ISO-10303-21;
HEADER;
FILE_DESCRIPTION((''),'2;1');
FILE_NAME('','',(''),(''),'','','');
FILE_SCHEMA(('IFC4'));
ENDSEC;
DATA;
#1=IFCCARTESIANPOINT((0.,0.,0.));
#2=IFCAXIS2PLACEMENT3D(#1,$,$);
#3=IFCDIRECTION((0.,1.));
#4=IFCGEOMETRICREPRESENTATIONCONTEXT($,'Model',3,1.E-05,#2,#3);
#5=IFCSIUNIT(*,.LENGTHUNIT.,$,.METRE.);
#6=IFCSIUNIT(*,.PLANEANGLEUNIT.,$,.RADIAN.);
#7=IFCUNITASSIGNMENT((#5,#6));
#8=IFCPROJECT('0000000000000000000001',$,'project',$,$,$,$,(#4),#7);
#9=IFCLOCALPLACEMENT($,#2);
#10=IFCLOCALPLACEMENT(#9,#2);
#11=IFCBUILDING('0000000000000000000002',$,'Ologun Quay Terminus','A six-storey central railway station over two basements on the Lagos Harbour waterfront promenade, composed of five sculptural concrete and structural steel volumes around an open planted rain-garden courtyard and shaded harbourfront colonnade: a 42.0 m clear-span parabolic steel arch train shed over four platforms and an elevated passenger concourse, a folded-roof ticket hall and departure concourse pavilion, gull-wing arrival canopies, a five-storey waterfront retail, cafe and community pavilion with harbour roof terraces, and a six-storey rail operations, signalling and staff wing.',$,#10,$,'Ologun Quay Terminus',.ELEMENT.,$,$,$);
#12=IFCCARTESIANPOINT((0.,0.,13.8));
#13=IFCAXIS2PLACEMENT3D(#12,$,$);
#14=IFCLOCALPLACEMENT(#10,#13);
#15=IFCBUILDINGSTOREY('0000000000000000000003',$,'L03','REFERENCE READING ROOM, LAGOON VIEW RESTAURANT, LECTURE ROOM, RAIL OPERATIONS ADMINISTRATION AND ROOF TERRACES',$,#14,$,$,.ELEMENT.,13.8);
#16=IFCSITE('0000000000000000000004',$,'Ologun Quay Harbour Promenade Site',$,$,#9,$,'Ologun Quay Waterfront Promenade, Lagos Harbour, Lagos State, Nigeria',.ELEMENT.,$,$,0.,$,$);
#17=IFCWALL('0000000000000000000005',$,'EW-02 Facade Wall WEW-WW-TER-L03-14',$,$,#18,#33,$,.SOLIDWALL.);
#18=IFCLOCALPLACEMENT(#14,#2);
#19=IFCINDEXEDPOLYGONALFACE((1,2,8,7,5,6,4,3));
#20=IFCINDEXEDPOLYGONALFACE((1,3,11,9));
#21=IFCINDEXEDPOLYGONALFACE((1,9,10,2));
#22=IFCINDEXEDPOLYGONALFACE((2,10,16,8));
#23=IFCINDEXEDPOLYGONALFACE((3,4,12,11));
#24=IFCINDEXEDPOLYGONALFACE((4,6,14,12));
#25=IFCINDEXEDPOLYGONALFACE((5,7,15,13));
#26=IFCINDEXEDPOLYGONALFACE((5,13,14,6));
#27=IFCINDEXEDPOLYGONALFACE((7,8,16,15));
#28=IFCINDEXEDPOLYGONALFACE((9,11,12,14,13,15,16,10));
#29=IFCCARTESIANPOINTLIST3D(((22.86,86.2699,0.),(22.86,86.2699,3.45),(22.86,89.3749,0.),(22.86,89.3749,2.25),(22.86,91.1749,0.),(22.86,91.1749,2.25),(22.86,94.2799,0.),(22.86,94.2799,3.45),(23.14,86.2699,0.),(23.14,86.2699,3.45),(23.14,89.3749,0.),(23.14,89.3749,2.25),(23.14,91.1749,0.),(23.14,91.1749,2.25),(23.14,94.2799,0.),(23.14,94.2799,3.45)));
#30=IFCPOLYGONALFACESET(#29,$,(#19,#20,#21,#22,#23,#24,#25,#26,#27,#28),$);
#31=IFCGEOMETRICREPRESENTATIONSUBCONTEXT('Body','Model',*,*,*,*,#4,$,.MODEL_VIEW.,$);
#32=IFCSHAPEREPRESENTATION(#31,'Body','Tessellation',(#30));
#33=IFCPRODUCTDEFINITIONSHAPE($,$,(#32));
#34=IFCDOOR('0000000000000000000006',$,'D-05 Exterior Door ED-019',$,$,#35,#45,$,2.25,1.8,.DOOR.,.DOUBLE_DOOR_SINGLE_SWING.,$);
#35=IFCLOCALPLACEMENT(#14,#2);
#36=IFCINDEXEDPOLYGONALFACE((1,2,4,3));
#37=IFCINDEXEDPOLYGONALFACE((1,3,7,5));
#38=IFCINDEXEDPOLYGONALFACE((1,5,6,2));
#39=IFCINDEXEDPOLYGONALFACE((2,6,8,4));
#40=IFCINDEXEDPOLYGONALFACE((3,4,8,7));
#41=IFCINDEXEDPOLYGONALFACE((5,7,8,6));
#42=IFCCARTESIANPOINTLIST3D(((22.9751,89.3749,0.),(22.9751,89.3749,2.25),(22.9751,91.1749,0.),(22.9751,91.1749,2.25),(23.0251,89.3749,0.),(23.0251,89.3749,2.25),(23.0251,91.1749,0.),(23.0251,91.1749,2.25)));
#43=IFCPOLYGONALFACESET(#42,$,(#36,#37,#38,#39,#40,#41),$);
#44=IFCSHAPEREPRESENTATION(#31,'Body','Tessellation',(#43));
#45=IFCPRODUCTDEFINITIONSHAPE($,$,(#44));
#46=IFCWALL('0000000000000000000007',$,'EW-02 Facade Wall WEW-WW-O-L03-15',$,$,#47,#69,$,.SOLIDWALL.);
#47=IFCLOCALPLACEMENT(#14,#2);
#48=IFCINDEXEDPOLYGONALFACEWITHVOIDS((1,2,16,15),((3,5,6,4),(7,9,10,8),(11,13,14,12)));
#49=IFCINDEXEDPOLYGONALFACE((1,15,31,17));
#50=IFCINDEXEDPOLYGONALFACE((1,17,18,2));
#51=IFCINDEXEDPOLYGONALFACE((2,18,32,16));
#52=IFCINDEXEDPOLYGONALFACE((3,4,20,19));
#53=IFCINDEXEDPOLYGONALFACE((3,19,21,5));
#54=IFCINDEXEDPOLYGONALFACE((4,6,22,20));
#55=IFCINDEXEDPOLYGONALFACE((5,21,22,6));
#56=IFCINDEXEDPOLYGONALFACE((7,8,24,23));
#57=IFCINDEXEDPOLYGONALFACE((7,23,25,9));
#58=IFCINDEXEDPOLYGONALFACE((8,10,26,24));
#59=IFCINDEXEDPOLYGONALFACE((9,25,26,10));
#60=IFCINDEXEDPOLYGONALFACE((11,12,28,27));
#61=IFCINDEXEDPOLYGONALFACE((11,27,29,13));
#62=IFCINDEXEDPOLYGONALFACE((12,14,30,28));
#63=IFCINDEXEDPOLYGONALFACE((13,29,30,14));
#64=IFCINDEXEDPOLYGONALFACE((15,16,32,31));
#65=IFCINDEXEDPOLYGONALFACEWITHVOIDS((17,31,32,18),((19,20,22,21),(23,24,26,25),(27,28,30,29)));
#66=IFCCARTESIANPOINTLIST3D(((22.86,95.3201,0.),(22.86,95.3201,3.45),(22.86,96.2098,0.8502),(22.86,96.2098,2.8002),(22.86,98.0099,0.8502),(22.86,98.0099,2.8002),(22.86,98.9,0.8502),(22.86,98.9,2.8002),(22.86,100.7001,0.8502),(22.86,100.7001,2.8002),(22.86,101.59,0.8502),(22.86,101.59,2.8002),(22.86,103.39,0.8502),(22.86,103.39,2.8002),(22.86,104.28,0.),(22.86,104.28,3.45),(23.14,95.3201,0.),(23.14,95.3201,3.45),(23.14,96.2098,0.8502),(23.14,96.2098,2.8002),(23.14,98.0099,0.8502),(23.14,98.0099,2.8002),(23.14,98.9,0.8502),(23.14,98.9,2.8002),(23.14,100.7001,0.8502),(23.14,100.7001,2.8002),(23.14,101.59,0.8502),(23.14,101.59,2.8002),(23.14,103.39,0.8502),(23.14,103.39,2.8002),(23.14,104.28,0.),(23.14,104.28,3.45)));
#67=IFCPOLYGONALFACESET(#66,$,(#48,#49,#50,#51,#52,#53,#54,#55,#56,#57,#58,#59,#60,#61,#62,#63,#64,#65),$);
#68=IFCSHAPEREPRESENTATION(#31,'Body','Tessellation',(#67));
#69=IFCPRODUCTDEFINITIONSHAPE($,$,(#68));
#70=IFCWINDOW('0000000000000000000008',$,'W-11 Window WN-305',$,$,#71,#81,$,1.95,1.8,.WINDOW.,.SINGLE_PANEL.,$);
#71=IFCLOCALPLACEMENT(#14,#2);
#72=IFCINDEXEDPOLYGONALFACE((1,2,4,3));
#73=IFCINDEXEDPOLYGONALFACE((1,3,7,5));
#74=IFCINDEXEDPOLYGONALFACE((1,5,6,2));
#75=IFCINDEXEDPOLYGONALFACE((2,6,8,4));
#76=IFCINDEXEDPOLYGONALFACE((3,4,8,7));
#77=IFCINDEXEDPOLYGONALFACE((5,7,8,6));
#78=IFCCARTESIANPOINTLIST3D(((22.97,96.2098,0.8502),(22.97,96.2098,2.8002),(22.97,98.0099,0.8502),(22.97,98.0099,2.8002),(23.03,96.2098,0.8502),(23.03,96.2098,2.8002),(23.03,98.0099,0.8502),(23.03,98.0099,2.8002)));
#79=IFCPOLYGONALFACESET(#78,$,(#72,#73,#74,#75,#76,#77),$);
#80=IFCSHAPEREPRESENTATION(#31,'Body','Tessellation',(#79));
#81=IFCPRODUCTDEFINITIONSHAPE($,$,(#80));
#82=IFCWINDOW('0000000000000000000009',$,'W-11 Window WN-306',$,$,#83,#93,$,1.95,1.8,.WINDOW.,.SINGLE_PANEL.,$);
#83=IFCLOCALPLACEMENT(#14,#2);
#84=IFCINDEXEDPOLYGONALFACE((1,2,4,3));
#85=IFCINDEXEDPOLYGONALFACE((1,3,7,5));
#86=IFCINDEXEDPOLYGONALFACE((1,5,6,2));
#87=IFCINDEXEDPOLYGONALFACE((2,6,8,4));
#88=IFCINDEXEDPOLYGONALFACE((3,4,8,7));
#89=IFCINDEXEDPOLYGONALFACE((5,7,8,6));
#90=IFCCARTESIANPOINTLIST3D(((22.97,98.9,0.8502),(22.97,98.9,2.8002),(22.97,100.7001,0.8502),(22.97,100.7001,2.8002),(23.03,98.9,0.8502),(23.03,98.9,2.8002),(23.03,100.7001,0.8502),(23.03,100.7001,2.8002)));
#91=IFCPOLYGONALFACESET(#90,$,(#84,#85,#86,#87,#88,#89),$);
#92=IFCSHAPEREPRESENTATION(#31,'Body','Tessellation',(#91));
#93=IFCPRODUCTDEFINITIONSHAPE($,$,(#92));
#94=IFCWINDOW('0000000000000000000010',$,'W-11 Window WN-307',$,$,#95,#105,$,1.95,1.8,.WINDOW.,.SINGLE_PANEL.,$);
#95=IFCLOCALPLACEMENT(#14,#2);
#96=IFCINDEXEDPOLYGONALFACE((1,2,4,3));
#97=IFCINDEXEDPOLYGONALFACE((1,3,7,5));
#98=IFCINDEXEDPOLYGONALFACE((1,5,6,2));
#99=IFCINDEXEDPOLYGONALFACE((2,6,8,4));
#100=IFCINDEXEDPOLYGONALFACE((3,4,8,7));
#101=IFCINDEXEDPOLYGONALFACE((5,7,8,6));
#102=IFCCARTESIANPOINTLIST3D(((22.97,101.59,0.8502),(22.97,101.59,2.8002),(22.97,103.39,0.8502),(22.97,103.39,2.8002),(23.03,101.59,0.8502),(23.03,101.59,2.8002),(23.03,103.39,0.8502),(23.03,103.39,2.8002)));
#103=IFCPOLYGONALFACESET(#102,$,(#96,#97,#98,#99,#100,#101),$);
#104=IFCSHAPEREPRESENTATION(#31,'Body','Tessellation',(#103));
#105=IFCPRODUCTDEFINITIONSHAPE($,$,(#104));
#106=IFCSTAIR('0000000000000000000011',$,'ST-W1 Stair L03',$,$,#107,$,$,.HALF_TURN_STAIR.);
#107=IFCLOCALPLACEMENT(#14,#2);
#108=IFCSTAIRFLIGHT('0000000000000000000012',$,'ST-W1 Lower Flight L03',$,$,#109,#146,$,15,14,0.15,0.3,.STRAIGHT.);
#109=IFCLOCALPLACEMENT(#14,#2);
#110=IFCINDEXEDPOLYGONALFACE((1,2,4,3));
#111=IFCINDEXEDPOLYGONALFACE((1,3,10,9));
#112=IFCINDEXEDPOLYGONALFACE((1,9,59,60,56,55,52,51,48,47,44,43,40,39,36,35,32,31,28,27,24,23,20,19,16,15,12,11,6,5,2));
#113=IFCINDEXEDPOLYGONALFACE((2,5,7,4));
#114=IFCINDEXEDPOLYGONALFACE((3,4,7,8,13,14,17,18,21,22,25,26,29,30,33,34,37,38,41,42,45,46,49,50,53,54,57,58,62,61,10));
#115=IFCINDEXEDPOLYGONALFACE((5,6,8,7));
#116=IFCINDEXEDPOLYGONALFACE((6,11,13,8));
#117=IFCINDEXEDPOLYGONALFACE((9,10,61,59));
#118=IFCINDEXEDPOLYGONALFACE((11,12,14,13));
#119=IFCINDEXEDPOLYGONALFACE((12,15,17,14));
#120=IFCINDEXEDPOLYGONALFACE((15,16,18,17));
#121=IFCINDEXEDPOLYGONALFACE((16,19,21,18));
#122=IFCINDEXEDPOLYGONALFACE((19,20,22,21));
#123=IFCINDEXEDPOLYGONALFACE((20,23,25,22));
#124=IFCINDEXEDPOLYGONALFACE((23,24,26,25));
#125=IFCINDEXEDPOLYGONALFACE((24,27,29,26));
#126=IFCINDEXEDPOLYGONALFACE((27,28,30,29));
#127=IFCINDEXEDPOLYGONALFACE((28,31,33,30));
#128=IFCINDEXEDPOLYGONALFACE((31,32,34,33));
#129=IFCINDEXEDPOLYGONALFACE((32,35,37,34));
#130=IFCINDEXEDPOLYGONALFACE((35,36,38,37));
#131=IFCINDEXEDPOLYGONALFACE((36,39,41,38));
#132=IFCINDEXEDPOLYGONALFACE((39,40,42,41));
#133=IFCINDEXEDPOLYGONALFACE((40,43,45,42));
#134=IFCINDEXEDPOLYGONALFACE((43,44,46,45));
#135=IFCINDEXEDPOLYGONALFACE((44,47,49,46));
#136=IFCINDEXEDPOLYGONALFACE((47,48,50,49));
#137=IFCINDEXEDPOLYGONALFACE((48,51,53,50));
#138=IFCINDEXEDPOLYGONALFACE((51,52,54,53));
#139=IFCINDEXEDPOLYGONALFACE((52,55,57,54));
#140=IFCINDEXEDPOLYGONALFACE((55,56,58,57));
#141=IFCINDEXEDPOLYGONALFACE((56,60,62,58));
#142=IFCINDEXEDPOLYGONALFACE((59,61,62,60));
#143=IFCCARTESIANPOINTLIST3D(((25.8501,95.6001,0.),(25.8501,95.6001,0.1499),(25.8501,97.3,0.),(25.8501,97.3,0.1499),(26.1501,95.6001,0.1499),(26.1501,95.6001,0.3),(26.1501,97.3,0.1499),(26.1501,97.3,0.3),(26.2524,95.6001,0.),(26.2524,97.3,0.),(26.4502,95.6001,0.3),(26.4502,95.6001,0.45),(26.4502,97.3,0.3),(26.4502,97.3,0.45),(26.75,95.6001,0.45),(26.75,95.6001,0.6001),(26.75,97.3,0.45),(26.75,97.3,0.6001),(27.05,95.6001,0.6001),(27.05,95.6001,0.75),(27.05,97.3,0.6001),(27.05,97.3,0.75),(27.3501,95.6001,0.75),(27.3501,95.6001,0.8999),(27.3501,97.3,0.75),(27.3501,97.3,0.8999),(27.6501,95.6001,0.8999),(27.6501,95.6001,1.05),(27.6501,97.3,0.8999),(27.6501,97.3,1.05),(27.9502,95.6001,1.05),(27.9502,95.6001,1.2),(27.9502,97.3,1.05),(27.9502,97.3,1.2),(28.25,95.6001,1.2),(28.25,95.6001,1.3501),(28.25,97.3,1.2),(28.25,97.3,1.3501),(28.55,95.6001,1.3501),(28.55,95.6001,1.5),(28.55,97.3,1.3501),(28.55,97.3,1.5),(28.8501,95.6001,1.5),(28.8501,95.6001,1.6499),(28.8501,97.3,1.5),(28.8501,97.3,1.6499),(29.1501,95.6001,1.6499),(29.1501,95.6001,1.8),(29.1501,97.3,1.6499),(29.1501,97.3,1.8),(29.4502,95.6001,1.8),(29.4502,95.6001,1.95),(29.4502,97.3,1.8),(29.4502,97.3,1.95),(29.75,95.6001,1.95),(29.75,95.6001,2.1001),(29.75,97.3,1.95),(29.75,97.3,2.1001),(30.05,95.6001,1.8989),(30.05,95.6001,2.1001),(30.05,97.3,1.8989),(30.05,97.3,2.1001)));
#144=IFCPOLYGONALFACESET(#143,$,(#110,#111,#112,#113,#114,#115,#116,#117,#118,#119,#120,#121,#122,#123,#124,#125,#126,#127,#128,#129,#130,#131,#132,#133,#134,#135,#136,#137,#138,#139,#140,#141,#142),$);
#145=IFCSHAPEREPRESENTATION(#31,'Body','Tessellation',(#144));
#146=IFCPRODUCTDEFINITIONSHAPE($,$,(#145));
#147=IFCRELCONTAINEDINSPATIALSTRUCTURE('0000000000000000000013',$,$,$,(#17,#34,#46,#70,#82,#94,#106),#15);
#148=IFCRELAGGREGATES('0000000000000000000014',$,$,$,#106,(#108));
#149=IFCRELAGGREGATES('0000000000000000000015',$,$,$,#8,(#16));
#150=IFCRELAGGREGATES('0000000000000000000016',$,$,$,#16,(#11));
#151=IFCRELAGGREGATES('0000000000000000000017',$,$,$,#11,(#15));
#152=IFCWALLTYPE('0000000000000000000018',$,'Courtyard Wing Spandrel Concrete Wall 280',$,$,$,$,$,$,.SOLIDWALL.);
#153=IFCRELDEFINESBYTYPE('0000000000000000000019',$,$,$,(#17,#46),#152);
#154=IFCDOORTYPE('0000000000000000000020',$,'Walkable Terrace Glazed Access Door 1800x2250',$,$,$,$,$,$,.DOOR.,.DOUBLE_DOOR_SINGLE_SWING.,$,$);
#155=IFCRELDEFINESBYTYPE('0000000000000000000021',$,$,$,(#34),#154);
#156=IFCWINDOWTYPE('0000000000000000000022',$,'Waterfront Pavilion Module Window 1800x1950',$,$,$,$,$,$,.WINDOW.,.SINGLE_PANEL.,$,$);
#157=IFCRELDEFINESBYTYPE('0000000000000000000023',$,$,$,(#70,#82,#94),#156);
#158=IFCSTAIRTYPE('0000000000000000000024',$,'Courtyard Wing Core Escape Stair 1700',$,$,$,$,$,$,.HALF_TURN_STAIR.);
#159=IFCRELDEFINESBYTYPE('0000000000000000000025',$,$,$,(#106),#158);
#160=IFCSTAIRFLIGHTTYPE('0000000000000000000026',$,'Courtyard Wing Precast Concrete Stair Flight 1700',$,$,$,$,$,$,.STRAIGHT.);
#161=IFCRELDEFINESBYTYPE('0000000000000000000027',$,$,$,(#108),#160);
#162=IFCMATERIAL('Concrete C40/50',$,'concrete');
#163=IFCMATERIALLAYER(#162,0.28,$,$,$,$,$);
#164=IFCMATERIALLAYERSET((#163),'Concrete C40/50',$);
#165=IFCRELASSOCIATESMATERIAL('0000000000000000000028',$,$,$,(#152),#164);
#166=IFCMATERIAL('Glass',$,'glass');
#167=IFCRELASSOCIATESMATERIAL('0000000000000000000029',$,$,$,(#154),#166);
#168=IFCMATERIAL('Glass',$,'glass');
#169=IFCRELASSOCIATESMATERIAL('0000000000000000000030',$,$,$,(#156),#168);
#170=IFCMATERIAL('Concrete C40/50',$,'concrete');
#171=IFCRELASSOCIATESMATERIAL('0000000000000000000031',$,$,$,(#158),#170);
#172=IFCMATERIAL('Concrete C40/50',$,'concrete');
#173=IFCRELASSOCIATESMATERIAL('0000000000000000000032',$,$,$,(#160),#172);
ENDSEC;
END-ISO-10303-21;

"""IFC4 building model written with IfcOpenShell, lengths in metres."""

from ifc_helpers import new_model, si_unit, direction, frame, frame_2d, origin, place, context, subcontext, project, spatial, polyline, rectangle, outline, extrude, material, layer, layer_set, type_object, element, fill, aggregate, save


model = new_model("IFC4")

# Units and contexts
model_context = context("Model", 3, precision=1e-05, world=origin(), true_north=direction((0.0, 1.0)))
body_context = subcontext(model_context, "Body", "Model", "MODEL_VIEW")
ifc_project = project(units=[si_unit("LENGTHUNIT", "METRE"), si_unit("PLANEANGLEUNIT", "RADIAN")], contexts=[model_context])

# Site, building, storey
site_placement = place(None, origin())
site = spatial("IfcSite", under=ifc_project, at=site_placement, Name="Ologun Quay Harbour Promenade Site", LongName="Ologun Quay Waterfront Promenade, Lagos Harbour, Lagos State, Nigeria", CompositionType="ELEMENT", RefElevation=0.0)
building_placement = place(site_placement, origin())
building = spatial("IfcBuilding", under=site, at=building_placement, Name="Ologun Quay Terminus", Description="A six-storey central railway station over two basements on the Lagos Harbour waterfront promenade, composed of five sculptural concrete and structural steel volumes around an open planted rain-garden courtyard and shaded harbourfront colonnade: a 42.0 m clear-span parabolic steel arch train shed over four platforms and an elevated passenger concourse, a folded-roof ticket hall and departure concourse pavilion, gull-wing arrival canopies, a five-storey waterfront retail, cafe and community pavilion with harbour roof terraces, and a six-storey rail operations, signalling and staff wing.", LongName="Ologun Quay Terminus", CompositionType="ELEMENT")
storey_placement = place(building_placement, frame((0.0, 0.0, 13.8)))
storey = spatial("IfcBuildingStorey", under=building, at=storey_placement, Name="L03", Description="REFERENCE READING ROOM, LAGOON VIEW RESTAURANT, LECTURE ROOM, RAIL OPERATIONS ADMINISTRATION AND ROOF TERRACES", CompositionType="ELEMENT", Elevation=13.8)

# Wall, opening, door
ifc_material_1 = material(Name="Concrete C40/50", Category="concrete")
ifc_layer_1 = layer(ifc_material_1, 0.28)
ifc_layer_set_1 = layer_set([ifc_layer_1], Name="Concrete C40/50")
wall_type_1 = type_object("IfcWallType", Name="Courtyard Wing Spandrel Concrete Wall 280", PredefinedType="SOLIDWALL", material=ifc_layer_set_1)
wall_1_placement = place(storey_placement, frame((23.0, 86.27, 0.0), z_axis=(0.0, 0.0, 1.0), x_axis=(0.0, 1.0, 0.0)))
wall_1 = element("IfcWall", 1, at=wall_1_placement, inside=storey, type_object=wall_type_1, Name="EW-02 Facade Wall WEW-WW-TER-L03-14", PredefinedType="SOLIDWALL", context=body_context, shape_type="SweptSolid", body=[
    extrude(rectangle(XDim=8.01, YDim=0.28, at=frame_2d((4.0049, 0.0))), origin(), (0.0, 0.0, 1.0), 3.45),
])
opening_1_placement = place(wall_1_placement, frame((3.105, 0.0, 0.0)))
opening_1 = element("IfcOpeningElement", 2, at=opening_1_placement, cuts=wall_1, PredefinedType="OPENING", context=body_context, shape_type="SweptSolid", body=[
    extrude(rectangle(XDim=1.8, YDim=2.25, at=frame_2d((0.8999, 1.125))), frame((0.0, 0.1499, 0.0), z_axis=(0.0, -1.0, 0.0), x_axis=(1.0, 0.0, 0.0)), (0.0, 0.0, 1.0), 0.3),
])
ifc_material_2 = material(Name="Glass", Category="glass")
door_type_1 = type_object("IfcDoorType", Name="Walkable Terrace Glazed Access Door 1800x2250", OperationType="DOUBLE_DOOR_SINGLE_SWING", PredefinedType="DOOR", material=ifc_material_2)
door_1_placement = place(opening_1_placement, origin())
door_1 = element("IfcDoor", 3, at=door_1_placement, inside=storey, type_object=door_type_1, Name="D-05 Exterior Door ED-019", OperationType="DOUBLE_DOOR_SINGLE_SWING", OverallHeight=2.25, OverallWidth=1.8, PredefinedType="DOOR", context=body_context, shape_type="SweptSolid", body=[
    extrude(rectangle(XDim=1.8, YDim=2.25, at=frame_2d((0.8999, 1.125))), frame((0.0, 0.0249, 0.0), z_axis=(0.0, -1.0, 0.0), x_axis=(1.0, 0.0, 0.0)), (0.0, 0.0, 1.0), 0.05),
])
fill(opening_1, door_1)

# Wall, openings, windows
wall_2_placement = place(storey_placement, frame((23.0, 95.3201, 0.0), z_axis=(0.0, 0.0, 1.0), x_axis=(0.0, 1.0, 0.0)))
wall_2 = element("IfcWall", 4, at=wall_2_placement, inside=storey, type_object=wall_type_1, Name="EW-02 Facade Wall WEW-WW-O-L03-15", PredefinedType="SOLIDWALL", context=body_context, shape_type="SweptSolid", body=[
    extrude(rectangle(XDim=8.96, YDim=0.28, at=frame_2d((4.48, 0.0))), origin(), (0.0, 0.0, 1.0), 3.45),
])
opening_2_placement = place(wall_2_placement, frame((0.8899, 0.0, 0.8501)))
opening_2 = element("IfcOpeningElement", 5, at=opening_2_placement, cuts=wall_2, PredefinedType="OPENING", context=body_context, shape_type="SweptSolid", body=[
    extrude(rectangle(XDim=1.8, YDim=1.95, at=frame_2d((0.8999, 0.9751))), frame((0.0, 0.1499, 0.0), z_axis=(0.0, -1.0, 0.0), x_axis=(1.0, 0.0, 0.0)), (0.0, 0.0, 1.0), 0.3),
])
opening_3_placement = place(wall_2_placement, frame((3.5801, 0.0, 0.8501)))
opening_3 = element("IfcOpeningElement", 6, at=opening_3_placement, cuts=wall_2, PredefinedType="OPENING", context=body_context, shape_type="SweptSolid", body=[
    extrude(rectangle(XDim=1.8, YDim=1.95, at=frame_2d((0.8999, 0.9751))), frame((0.0, 0.1499, 0.0), z_axis=(0.0, -1.0, 0.0), x_axis=(1.0, 0.0, 0.0)), (0.0, 0.0, 1.0), 0.3),
])
opening_4_placement = place(wall_2_placement, frame((6.27, 0.0, 0.8501)))
opening_4 = element("IfcOpeningElement", 7, at=opening_4_placement, cuts=wall_2, PredefinedType="OPENING", context=body_context, shape_type="SweptSolid", body=[
    extrude(rectangle(XDim=1.8, YDim=1.95, at=frame_2d((0.8999, 0.9751))), frame((0.0, 0.1499, 0.0), z_axis=(0.0, -1.0, 0.0), x_axis=(1.0, 0.0, 0.0)), (0.0, 0.0, 1.0), 0.3),
])
ifc_material_3 = material(Name="Glass", Category="glass")
window_type = type_object("IfcWindowType", Name="Waterfront Pavilion Module Window 1800x1950", PartitioningType="SINGLE_PANEL", PredefinedType="WINDOW", material=ifc_material_3)
window_1_placement = place(opening_2_placement, origin())
window_1 = element("IfcWindow", 8, at=window_1_placement, inside=storey, type_object=window_type, Name="W-11 Window WN-305", OverallHeight=1.95, OverallWidth=1.8, PartitioningType="SINGLE_PANEL", PredefinedType="WINDOW", context=body_context, shape_type="SweptSolid", body=[
    extrude(rectangle(XDim=1.8, YDim=1.95, at=frame_2d((0.8999, 0.9751))), frame((0.0, 0.03, 0.0), z_axis=(0.0, -1.0, 0.0), x_axis=(1.0, 0.0, 0.0)), (0.0, 0.0, 1.0), 0.0601),
])
fill(opening_2, window_1)
window_2_placement = place(opening_3_placement, origin())
window_2 = element("IfcWindow", 9, at=window_2_placement, inside=storey, type_object=window_type, Name="W-11 Window WN-306", OverallHeight=1.95, OverallWidth=1.8, PartitioningType="SINGLE_PANEL", PredefinedType="WINDOW", context=body_context, shape_type="SweptSolid", body=[
    extrude(rectangle(XDim=1.8, YDim=1.95, at=frame_2d((0.8999, 0.9751))), frame((0.0, 0.03, 0.0), z_axis=(0.0, -1.0, 0.0), x_axis=(1.0, 0.0, 0.0)), (0.0, 0.0, 1.0), 0.0601),
])
fill(opening_3, window_2)
window_3_placement = place(opening_4_placement, origin())
window_3 = element("IfcWindow", 10, at=window_3_placement, inside=storey, type_object=window_type, Name="W-11 Window WN-307", OverallHeight=1.95, OverallWidth=1.8, PartitioningType="SINGLE_PANEL", PredefinedType="WINDOW", context=body_context, shape_type="SweptSolid", body=[
    extrude(rectangle(XDim=1.8, YDim=1.95, at=frame_2d((0.8999, 0.9751))), frame((0.0, 0.03, 0.0), z_axis=(0.0, -1.0, 0.0), x_axis=(1.0, 0.0, 0.0)), (0.0, 0.0, 1.0), 0.0601),
])
fill(opening_4, window_3)

# Stair, stair flight
ifc_material_4 = material(Name="Concrete C40/50", Category="concrete")
stair_type = type_object("IfcStairType", Name="Courtyard Wing Core Escape Stair 1700", PredefinedType="HALF_TURN_STAIR", material=ifc_material_4)
stair_placement = place(storey_placement, origin())
stair = element("IfcStair", 11, at=stair_placement, inside=storey, type_object=stair_type, Name="ST-W1 Stair L03", PredefinedType="HALF_TURN_STAIR")
ifc_material_5 = material(Name="Concrete C40/50", Category="concrete")
stair_flight_type = type_object("IfcStairFlightType", Name="Courtyard Wing Precast Concrete Stair Flight 1700", PredefinedType="STRAIGHT", material=ifc_material_5)
stair_flight_1_placement = place(storey_placement, frame((25.8501, 96.45, 0.0), z_axis=(0.0, 0.0, 1.0), x_axis=(1.0, 0.0, 0.0)))
stair_flight_1 = element("IfcStairFlight", 12, at=stair_flight_1_placement, type_object=stair_flight_type, Name="ST-W1 Lower Flight L03", NumberOfRisers=15, NumberOfTreads=14, PredefinedType="STRAIGHT", RiserHeight=0.15, TreadLength=0.3, context=body_context, shape_type="SweptSolid", body=[
    extrude(outline(polyline([(0.0, 0.0), (0.0, 0.1499), (0.3, 0.1499), (0.3, 0.3), (0.6001, 0.3), (0.6001, 0.45), (0.8999, 0.45), (0.8999, 0.6001), (1.2, 0.6001), (1.2, 0.75), (1.5, 0.75), (1.5, 0.8999), (1.8, 0.8999), (1.8, 1.05), (2.1001, 1.05), (2.1001, 1.2), (2.3999, 1.2), (2.3999, 1.3501), (2.7, 1.3501), (2.7, 1.5), (3.0, 1.5), (3.0, 1.6499), (3.3, 1.6499), (3.3, 1.8), (3.6001, 1.8), (3.6001, 1.95), (3.8999, 1.95), (3.8999, 2.1001), (4.2, 2.1001), (4.2, 2.25), (4.2, 1.8989), (0.4023, 0.0), (0.0, 0.0)])), frame((0.0, 0.8501, 0.0), z_axis=(0.0, -1.0, 0.0), x_axis=(1.0, 0.0, 0.0)), (0.0, 0.0, 1.0), 1.7),
])
aggregate(stair, [stair_flight_1])

save(model, "model.ifc")
